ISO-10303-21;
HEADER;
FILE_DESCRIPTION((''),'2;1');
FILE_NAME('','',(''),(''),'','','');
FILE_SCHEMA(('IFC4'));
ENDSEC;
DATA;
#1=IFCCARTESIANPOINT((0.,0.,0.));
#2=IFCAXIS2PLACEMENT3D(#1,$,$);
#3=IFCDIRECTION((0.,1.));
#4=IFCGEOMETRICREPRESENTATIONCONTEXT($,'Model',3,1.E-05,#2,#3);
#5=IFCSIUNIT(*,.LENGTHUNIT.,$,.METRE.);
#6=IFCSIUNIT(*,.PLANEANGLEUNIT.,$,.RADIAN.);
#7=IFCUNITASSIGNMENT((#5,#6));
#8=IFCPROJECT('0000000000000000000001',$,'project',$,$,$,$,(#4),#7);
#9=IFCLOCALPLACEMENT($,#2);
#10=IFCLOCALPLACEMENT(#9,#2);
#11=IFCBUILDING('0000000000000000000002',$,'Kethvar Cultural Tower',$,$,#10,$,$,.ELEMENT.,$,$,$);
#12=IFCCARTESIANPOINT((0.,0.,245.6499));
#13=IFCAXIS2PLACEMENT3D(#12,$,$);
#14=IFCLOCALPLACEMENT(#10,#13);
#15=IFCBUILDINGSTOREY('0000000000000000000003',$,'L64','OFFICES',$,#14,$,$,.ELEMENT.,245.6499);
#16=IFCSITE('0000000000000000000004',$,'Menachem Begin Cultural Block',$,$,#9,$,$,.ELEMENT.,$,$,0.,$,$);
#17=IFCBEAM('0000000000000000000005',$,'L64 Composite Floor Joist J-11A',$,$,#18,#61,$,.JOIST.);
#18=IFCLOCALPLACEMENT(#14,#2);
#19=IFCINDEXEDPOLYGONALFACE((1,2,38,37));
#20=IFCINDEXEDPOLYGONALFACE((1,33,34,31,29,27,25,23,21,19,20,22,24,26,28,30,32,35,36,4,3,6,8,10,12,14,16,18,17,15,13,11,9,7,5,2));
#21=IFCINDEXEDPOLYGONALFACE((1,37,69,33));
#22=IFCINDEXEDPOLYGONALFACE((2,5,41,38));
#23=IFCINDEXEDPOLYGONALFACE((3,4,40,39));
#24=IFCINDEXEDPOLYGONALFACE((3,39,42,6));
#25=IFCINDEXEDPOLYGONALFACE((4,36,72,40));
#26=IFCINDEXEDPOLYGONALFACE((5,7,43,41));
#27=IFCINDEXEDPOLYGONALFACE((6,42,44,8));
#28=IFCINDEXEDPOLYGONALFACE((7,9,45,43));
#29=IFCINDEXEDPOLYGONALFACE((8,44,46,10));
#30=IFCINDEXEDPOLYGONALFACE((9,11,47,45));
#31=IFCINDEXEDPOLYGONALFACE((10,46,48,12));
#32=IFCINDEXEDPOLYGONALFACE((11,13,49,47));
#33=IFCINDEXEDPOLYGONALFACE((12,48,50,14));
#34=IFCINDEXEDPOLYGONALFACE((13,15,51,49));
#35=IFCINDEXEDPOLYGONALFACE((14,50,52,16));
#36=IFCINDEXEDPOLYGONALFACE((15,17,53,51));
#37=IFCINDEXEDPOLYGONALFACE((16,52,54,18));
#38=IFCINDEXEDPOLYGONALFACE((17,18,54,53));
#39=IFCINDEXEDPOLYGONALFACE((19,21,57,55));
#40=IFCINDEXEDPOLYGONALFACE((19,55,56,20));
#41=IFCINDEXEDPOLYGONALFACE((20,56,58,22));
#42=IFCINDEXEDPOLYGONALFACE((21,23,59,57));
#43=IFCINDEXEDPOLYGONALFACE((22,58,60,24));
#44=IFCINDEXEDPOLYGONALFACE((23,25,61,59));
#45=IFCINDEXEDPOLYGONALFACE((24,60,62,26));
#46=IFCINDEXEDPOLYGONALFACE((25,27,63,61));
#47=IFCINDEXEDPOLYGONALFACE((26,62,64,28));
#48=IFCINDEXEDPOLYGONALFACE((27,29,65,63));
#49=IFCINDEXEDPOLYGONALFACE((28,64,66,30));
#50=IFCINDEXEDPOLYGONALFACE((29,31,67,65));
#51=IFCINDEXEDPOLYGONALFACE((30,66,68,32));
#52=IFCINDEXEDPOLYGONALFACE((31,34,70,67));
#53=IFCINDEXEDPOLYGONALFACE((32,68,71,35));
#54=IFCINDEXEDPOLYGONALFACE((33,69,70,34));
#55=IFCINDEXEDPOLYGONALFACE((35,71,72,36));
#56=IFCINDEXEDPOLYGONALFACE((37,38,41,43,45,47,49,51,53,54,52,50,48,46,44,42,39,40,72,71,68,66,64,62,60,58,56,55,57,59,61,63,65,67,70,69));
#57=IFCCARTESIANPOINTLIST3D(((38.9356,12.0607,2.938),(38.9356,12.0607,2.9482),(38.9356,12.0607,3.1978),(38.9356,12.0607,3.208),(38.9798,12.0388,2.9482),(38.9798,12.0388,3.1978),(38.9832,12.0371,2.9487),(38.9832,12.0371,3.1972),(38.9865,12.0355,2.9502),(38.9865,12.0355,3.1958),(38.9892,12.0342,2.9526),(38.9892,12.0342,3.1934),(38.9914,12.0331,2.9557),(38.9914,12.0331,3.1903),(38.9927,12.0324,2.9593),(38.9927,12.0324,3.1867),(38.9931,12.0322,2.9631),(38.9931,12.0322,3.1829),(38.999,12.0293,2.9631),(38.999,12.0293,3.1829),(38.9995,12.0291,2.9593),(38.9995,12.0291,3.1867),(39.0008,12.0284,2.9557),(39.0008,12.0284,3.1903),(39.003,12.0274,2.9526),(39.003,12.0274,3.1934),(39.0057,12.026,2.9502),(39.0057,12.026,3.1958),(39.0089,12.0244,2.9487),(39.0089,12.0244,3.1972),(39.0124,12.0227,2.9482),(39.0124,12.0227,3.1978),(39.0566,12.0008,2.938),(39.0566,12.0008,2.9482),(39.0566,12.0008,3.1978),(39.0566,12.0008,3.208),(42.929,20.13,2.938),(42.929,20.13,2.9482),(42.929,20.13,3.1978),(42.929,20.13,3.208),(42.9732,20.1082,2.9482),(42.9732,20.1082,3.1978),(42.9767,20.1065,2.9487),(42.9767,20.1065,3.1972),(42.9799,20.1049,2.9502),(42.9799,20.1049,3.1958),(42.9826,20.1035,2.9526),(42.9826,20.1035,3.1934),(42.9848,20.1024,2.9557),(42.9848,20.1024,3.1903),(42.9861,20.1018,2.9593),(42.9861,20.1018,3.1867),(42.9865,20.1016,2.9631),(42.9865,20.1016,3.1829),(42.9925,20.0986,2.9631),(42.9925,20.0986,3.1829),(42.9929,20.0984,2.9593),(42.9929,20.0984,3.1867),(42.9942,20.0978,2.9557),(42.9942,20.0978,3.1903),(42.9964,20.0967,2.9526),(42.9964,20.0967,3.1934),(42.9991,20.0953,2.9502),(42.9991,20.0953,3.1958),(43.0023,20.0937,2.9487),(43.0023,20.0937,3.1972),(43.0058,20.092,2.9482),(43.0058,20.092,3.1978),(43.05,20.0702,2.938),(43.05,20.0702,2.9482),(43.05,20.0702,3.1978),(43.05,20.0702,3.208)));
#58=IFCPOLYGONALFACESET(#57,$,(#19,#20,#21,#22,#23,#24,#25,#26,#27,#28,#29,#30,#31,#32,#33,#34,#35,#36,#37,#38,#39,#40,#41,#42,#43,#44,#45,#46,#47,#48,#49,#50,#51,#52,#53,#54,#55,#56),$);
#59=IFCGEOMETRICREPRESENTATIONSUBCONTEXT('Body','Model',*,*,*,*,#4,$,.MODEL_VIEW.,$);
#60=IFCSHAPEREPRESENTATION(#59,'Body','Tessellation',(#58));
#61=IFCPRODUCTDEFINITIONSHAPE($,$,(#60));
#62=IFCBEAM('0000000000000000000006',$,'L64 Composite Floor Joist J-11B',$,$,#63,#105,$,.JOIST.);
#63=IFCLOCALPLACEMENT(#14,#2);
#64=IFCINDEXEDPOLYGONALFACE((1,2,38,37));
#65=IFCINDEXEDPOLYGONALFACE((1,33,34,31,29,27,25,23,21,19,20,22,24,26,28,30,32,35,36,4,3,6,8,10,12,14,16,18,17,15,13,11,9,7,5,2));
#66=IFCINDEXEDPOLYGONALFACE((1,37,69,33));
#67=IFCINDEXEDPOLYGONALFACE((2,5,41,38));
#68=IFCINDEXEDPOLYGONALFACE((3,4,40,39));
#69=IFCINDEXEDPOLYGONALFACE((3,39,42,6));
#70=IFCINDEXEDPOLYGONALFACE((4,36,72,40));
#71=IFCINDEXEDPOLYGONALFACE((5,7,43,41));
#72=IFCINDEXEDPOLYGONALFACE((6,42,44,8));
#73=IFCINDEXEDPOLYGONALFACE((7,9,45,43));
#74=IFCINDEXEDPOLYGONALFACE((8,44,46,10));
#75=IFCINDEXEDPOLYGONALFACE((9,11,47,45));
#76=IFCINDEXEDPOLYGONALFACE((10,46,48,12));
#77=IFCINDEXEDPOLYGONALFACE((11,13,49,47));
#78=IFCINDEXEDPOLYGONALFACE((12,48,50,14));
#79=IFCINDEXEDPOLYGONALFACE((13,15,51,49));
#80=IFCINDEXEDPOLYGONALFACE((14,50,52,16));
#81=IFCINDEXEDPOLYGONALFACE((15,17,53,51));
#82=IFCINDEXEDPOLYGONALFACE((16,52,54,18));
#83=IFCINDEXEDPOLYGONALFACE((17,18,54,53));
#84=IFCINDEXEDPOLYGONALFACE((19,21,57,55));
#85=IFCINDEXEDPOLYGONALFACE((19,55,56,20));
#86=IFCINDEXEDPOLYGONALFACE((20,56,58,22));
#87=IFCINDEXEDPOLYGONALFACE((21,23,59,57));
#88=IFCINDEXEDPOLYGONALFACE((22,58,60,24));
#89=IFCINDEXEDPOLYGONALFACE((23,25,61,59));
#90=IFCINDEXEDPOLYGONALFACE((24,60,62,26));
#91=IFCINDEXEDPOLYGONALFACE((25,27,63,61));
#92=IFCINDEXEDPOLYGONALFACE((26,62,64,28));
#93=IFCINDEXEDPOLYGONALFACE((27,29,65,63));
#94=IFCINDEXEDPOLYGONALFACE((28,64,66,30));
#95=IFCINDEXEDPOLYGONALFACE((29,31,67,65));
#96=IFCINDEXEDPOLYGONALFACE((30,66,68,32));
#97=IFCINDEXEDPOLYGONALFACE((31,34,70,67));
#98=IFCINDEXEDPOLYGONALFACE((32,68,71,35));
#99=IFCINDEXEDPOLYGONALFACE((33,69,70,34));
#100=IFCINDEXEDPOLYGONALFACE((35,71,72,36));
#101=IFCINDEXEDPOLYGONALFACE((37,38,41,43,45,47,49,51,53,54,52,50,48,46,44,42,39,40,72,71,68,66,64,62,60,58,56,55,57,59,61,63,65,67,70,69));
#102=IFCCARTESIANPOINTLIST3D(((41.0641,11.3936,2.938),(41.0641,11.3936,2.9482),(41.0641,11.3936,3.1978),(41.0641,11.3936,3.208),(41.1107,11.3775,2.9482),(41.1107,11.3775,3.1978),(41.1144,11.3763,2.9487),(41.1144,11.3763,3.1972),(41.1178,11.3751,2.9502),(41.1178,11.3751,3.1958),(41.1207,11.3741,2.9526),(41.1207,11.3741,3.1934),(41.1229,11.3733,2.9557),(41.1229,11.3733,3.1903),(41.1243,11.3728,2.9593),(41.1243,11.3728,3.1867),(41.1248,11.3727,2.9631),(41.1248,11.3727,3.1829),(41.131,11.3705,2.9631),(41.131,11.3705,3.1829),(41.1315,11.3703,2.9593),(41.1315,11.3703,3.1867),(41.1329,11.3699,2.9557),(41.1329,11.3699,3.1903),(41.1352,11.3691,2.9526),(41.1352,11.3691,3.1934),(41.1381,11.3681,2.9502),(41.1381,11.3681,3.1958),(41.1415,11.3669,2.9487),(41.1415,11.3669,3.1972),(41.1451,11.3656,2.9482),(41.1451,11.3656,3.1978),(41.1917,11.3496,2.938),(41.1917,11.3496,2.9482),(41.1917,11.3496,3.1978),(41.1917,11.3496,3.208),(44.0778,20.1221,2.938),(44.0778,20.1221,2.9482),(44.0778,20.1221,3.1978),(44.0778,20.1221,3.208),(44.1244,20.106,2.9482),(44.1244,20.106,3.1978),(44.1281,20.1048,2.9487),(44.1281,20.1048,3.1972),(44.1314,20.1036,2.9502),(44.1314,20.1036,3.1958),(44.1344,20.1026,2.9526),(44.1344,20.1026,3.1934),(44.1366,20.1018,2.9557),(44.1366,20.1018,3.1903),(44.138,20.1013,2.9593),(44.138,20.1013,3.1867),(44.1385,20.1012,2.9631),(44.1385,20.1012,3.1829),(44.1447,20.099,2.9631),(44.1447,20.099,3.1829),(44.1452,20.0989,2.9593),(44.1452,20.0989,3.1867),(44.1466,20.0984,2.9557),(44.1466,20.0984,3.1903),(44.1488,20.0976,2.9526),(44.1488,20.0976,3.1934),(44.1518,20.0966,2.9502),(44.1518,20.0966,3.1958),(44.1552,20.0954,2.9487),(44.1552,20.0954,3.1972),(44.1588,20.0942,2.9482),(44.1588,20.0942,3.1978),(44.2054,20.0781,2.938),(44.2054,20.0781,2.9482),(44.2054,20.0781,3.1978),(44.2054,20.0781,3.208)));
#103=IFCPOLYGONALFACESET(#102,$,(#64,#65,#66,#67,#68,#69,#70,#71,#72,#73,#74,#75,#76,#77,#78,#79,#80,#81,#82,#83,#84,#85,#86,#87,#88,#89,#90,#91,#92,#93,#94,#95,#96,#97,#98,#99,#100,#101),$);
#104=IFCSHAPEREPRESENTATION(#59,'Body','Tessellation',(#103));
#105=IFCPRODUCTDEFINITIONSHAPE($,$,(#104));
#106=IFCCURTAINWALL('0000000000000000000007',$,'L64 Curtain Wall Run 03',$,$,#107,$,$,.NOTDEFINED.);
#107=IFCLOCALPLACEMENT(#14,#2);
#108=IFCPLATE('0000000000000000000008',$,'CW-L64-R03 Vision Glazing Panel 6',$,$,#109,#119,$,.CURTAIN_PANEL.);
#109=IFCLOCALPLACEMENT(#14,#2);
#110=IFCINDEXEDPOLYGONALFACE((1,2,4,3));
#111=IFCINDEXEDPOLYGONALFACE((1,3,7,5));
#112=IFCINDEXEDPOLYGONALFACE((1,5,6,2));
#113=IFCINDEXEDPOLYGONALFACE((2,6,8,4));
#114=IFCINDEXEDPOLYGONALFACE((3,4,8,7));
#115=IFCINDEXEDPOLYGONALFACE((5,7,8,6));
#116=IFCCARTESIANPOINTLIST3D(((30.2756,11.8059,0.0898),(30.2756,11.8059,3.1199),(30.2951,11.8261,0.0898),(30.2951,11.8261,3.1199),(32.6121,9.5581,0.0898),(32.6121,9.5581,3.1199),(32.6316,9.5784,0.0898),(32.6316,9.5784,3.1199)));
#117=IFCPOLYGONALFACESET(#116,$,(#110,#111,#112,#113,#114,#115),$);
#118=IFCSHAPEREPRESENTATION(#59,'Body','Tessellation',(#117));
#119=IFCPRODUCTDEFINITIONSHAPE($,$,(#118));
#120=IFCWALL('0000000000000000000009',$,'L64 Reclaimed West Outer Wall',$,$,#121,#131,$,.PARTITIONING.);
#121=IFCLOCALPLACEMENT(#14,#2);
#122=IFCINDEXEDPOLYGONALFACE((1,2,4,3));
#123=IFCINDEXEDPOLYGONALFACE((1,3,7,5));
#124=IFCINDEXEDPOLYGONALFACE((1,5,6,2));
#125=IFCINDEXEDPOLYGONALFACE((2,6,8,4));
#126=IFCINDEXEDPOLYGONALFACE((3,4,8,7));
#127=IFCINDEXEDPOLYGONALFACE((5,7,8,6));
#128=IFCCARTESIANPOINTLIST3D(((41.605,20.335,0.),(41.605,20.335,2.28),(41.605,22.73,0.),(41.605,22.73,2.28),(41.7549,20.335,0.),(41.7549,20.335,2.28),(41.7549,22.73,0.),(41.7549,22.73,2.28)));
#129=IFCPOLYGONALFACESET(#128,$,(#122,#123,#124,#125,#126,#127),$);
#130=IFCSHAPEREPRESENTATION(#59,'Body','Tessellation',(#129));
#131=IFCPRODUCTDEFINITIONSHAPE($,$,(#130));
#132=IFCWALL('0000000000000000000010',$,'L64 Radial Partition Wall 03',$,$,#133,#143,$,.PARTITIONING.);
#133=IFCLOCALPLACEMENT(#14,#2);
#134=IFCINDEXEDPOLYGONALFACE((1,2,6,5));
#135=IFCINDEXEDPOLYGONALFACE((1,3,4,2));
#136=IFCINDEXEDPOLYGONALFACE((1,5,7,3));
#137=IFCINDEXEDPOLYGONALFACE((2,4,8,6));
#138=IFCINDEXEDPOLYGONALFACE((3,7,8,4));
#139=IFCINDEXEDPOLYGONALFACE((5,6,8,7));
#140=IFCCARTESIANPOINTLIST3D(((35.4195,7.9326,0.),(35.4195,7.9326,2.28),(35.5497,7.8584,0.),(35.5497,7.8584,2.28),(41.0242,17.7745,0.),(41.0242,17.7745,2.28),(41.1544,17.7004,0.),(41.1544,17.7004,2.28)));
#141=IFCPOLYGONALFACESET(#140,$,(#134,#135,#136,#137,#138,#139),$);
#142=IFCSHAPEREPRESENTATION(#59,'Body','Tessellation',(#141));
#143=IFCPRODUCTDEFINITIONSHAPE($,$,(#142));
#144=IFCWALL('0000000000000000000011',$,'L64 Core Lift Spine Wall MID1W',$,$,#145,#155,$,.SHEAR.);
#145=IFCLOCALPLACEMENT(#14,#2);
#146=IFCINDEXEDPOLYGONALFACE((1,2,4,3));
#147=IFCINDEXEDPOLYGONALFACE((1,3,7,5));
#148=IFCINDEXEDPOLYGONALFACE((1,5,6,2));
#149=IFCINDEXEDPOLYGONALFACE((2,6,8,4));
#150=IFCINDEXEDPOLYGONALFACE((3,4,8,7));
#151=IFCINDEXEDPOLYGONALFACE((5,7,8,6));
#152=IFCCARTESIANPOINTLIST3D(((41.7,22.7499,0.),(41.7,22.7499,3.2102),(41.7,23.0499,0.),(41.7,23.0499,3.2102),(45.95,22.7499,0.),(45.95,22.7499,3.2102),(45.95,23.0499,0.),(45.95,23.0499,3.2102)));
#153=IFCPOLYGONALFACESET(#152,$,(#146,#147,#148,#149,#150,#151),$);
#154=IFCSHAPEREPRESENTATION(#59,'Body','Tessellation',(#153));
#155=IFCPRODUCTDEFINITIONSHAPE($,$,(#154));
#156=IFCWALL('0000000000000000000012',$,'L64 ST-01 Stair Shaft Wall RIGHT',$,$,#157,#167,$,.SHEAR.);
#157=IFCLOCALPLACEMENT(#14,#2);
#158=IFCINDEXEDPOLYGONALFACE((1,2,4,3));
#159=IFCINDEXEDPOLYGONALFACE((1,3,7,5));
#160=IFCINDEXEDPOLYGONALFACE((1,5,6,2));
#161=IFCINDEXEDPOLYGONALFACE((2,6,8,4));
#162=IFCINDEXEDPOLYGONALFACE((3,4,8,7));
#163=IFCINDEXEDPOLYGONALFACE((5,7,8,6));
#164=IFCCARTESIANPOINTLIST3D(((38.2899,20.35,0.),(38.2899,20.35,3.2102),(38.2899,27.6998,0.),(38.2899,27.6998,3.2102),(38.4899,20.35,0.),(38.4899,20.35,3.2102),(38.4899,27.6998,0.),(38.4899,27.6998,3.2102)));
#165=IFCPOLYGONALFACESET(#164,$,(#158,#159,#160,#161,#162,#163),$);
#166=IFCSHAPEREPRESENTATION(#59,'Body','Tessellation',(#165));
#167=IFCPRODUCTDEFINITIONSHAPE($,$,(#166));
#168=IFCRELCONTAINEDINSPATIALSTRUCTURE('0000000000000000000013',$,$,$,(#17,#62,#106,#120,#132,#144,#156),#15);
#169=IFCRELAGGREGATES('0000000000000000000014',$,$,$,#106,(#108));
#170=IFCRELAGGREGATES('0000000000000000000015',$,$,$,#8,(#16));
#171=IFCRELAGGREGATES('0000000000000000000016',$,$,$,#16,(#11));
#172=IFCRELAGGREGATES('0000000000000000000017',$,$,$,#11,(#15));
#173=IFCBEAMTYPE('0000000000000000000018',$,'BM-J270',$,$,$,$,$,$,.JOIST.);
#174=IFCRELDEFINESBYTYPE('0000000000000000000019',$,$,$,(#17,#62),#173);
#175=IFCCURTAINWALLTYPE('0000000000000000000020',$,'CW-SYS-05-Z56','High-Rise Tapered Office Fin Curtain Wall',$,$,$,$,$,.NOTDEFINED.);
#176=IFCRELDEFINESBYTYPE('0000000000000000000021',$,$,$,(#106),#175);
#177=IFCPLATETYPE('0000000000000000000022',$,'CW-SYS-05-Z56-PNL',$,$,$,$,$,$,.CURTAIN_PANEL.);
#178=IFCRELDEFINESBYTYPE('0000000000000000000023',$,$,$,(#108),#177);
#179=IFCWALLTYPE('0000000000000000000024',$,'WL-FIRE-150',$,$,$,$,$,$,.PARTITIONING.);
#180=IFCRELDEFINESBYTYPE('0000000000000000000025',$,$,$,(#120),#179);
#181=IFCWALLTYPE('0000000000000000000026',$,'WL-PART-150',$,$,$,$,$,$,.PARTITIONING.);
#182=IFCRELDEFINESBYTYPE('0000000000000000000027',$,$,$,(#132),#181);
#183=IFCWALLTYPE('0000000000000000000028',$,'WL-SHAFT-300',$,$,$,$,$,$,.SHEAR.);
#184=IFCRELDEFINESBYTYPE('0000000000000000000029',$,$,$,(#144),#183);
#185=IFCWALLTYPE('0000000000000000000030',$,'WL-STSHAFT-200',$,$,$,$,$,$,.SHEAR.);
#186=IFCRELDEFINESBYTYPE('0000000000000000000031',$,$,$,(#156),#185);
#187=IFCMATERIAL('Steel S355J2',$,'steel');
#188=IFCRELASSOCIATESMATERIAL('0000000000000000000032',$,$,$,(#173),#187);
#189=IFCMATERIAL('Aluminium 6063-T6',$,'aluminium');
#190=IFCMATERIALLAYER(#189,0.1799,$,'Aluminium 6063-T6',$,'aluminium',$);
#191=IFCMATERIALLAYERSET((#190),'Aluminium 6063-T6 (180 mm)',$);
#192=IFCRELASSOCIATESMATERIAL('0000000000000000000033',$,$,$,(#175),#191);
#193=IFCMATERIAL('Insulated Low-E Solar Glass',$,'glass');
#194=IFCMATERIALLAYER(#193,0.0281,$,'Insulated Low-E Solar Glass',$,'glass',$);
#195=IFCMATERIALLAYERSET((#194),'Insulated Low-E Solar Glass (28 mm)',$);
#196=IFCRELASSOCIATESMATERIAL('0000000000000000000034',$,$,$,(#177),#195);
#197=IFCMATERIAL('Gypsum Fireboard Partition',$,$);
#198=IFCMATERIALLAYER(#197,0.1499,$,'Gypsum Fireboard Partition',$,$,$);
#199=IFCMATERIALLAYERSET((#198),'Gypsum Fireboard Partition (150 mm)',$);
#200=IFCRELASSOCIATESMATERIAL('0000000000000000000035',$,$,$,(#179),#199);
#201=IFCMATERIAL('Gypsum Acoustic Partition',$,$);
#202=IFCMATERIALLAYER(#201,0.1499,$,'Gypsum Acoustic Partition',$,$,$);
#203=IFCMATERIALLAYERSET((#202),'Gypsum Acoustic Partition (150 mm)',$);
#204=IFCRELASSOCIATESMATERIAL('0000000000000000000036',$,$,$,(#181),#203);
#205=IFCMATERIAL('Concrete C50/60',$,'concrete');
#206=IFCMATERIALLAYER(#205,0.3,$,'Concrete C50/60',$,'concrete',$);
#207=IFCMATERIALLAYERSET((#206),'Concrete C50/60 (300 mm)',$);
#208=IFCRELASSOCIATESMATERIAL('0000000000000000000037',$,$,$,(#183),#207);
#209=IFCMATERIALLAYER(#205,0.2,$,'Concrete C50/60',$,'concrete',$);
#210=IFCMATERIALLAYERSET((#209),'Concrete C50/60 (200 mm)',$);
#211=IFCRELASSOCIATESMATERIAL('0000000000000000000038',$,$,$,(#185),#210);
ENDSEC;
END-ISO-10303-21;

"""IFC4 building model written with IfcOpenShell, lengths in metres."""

from ifc_helpers import new_model, si_unit, direction, frame, frame_2d, origin, origin_2d, place, context, subcontext, project, spatial, rectangle, i_section, extrude, source, transform, mapped, material, layer, layer_set, material_profile, profile_set, type_object, element, aggregate, save


model = new_model("IFC4")

# Units and contexts
model_context = context("Model", 3, precision=1e-05, world=origin(), true_north=direction((0.0, 1.0)))
body_context = subcontext(model_context, "Body", "Model", "MODEL_VIEW")
ifc_project = project(units=[si_unit("LENGTHUNIT", "METRE"), si_unit("PLANEANGLEUNIT", "RADIAN")], contexts=[model_context])

# Site, building, storey
site_placement = place(None, origin())
site = spatial("IfcSite", under=ifc_project, at=site_placement, Name="Menachem Begin Cultural Block", CompositionType="ELEMENT", RefElevation=0.0)
building_placement = place(site_placement, origin())
building = spatial("IfcBuilding", under=site, at=building_placement, Name="Kethvar Cultural Tower", CompositionType="ELEMENT")
storey_placement = place(building_placement, frame((0.0, 0.0, 245.6499)))
storey = spatial("IfcBuildingStorey", under=building, at=storey_placement, Name="L64", Description="OFFICES", CompositionType="ELEMENT", Elevation=245.6499)

# Beams
ifc_material_1 = material(Name="Steel S355J2", Category="steel")
ifc_material_profile_1 = material_profile(ifc_material_1, i_section(OverallWidth=0.135, OverallDepth=0.27, WebThickness=0.0066, FlangeThickness=0.0103, FilletRadius=0.0149, at=origin_2d()), Name="Steel S355J2 — IPE270")
ifc_profile_set_1 = profile_set([ifc_material_profile_1], Name="Steel S355J2 — IPE270")
beam_type_1 = type_object("IfcBeamType", Name="BM-J270", PredefinedType="JOIST", material=ifc_profile_set_1)
shared_shape_1 = source(origin(), body_context, "Body", "SweptSolid", [
    extrude(i_section(OverallWidth=0.135, OverallDepth=0.27, WebThickness=0.0066, FlangeThickness=0.0103, FilletRadius=0.0149, at=origin_2d()), origin(), (0.0, 0.0, 1.0), 9.0034),
])
beam_1_placement = place(storey_placement, frame((42.9895, 20.1001, 3.073), z_axis=(-0.443544, -0.896253, 0.0), x_axis=(0.896253, -0.443544, 0.0)))
element("IfcBeam", 1, at=beam_1_placement, inside=storey, type_object=beam_type_1, Name="L64 Composite Floor Joist J-11A", PredefinedType="JOIST", context=body_context, shape_type="MappedRepresentation", body=[
    mapped(shared_shape_1, transform((0.0, 0.0, 0.0), scale=1.0)),
])
shared_shape_2 = source(origin(), body_context, "Body", "SweptSolid", [
    extrude(i_section(OverallWidth=0.135, OverallDepth=0.27, WebThickness=0.0066, FlangeThickness=0.0103, FilletRadius=0.0149, at=origin_2d()), origin(), (0.0, 0.0, 1.0), 9.2341),
])
beam_2_placement = place(storey_placement, frame((44.1416, 20.1001, 3.073), z_axis=(-0.326362, -0.945245, 0.0), x_axis=(0.945245, -0.326362, 0.0)))
element("IfcBeam", 2, at=beam_2_placement, inside=storey, type_object=beam_type_1, Name="L64 Composite Floor Joist J-11B", PredefinedType="JOIST", context=body_context, shape_type="MappedRepresentation", body=[
    mapped(shared_shape_2, transform((0.0, 0.0, 0.0), scale=1.0)),
])

# Curtain wall, plate
ifc_material_2 = material(Name="Aluminium 6063-T6", Category="aluminium")
ifc_layer_1 = layer(ifc_material_2, 0.1799, Name="Aluminium 6063-T6", Category="aluminium")
ifc_layer_set_1 = layer_set([ifc_layer_1], Name="Aluminium 6063-T6 (180 mm)")
curtain_wall_type = type_object("IfcCurtainWallType", Name="CW-SYS-05-Z56", Description="High-Rise Tapered Office Fin Curtain Wall", PredefinedType="NOTDEFINED", material=ifc_layer_set_1)
curtain_wall_placement = place(storey_placement, origin())
curtain_wall = element("IfcCurtainWall", 3, at=curtain_wall_placement, inside=storey, type_object=curtain_wall_type, Name="L64 Curtain Wall Run 03", PredefinedType="NOTDEFINED")
ifc_material_3 = material(Name="Insulated Low-E Solar Glass", Category="glass")
ifc_layer_2 = layer(ifc_material_3, 0.0281, Name="Insulated Low-E Solar Glass", Category="glass")
ifc_layer_set_2 = layer_set([ifc_layer_2], Name="Insulated Low-E Solar Glass (28 mm)")
plate_type = type_object("IfcPlateType", Name="CW-SYS-05-Z56-PNL", PredefinedType="CURTAIN_PANEL", material=ifc_layer_set_2)
shared_shape_3 = source(origin(), body_context, "Body", "SweptSolid", [
    extrude(rectangle(XDim=3.2422, YDim=0.0281, at=origin_2d()), origin(), (0.0, 0.0, 1.0), 3.03),
])
plate_placement = place(storey_placement, frame((31.4536, 10.6921, 0.0898), z_axis=(0.0, 0.0, 1.0), x_axis=(0.72066, -0.693289, 0.0)))
plate = element("IfcPlate", 4, at=plate_placement, type_object=plate_type, Name="CW-L64-R03 Vision Glazing Panel 6", PredefinedType="CURTAIN_PANEL", context=body_context, shape_type="MappedRepresentation", body=[
    mapped(shared_shape_3, transform((0.0, 0.0, 0.0), scale=1.0)),
])
aggregate(curtain_wall, [plate])

# Shared definitions
ifc_material_4 = material(Name="Concrete C50/60", Category="concrete")

# Walls
ifc_material_5 = material(Name="Gypsum Fireboard Partition")
ifc_layer_3 = layer(ifc_material_5, 0.1499, Name="Gypsum Fireboard Partition")
ifc_layer_set_3 = layer_set([ifc_layer_3], Name="Gypsum Fireboard Partition (150 mm)")
wall_type_1 = type_object("IfcWallType", Name="WL-FIRE-150", PredefinedType="PARTITIONING", material=ifc_layer_set_3)
wall_1_placement = place(storey_placement, frame((41.6799, 20.335, 0.0), z_axis=(0.0, 0.0, 1.0), x_axis=(0.0, 1.0, 0.0)))
element("IfcWall", 5, at=wall_1_placement, inside=storey, type_object=wall_type_1, Name="L64 Reclaimed West Outer Wall", PredefinedType="PARTITIONING", context=body_context, shape_type="SweptSolid", body=[
    extrude(rectangle(XDim=2.395, YDim=0.1499, at=frame_2d((1.1975, 0.0))), origin(), (0.0, 0.0, 1.0), 2.28),
])
ifc_material_6 = material(Name="Gypsum Acoustic Partition")
ifc_layer_4 = layer(ifc_material_6, 0.1499, Name="Gypsum Acoustic Partition")
ifc_layer_set_4 = layer_set([ifc_layer_4], Name="Gypsum Acoustic Partition (150 mm)")
wall_type_2 = type_object("IfcWallType", Name="WL-PART-150", PredefinedType="PARTITIONING", material=ifc_layer_set_4)
wall_2_placement = place(storey_placement, frame((41.0894, 17.7375, 0.0), z_axis=(0.0, 0.0, 1.0), x_axis=(-0.494855, -0.868976, 0.0)))
element("IfcWall", 6, at=wall_2_placement, inside=storey, type_object=wall_type_2, Name="L64 Radial Partition Wall 03", PredefinedType="PARTITIONING", context=body_context, shape_type="SweptSolid", body=[
    extrude(rectangle(XDim=11.3259, YDim=0.1499, at=frame_2d((5.6631, 0.0))), origin(), (0.0, 0.0, 1.0), 2.28),
])
ifc_layer_5 = layer(ifc_material_4, 0.3, Name="Concrete C50/60", Category="concrete")
ifc_layer_set_5 = layer_set([ifc_layer_5], Name="Concrete C50/60 (300 mm)")
wall_type_3 = type_object("IfcWallType", Name="WL-SHAFT-300", PredefinedType="SHEAR", material=ifc_layer_set_5)
wall_3_placement = place(storey_placement, frame((41.7, 22.8999, 0.0), z_axis=(0.0, 0.0, 1.0), x_axis=(1.0, 0.0, 0.0)))
element("IfcWall", 7, at=wall_3_placement, inside=storey, type_object=wall_type_3, Name="L64 Core Lift Spine Wall MID1W", PredefinedType="SHEAR", context=body_context, shape_type="SweptSolid", body=[
    extrude(rectangle(XDim=4.25, YDim=0.3, at=frame_2d((2.125, 0.0))), origin(), (0.0, 0.0, 1.0), 3.2102),
])
ifc_layer_6 = layer(ifc_material_4, 0.2, Name="Concrete C50/60", Category="concrete")
ifc_layer_set_6 = layer_set([ifc_layer_6], Name="Concrete C50/60 (200 mm)")
wall_type_4 = type_object("IfcWallType", Name="WL-STSHAFT-200", PredefinedType="SHEAR", material=ifc_layer_set_6)
wall_4_placement = place(storey_placement, frame((38.3899, 20.3501, 0.0), z_axis=(0.0, 0.0, 1.0), x_axis=(0.0, 1.0, 0.0)))
element("IfcWall", 8, at=wall_4_placement, inside=storey, type_object=wall_type_4, Name="L64 ST-01 Stair Shaft Wall RIGHT", PredefinedType="SHEAR", context=body_context, shape_type="SweptSolid", body=[
    extrude(rectangle(XDim=7.3499, YDim=0.2, at=frame_2d((3.6748, 0.0))), origin(), (0.0, 0.0, 1.0), 3.2102),
])

save(model, "model.ifc")
